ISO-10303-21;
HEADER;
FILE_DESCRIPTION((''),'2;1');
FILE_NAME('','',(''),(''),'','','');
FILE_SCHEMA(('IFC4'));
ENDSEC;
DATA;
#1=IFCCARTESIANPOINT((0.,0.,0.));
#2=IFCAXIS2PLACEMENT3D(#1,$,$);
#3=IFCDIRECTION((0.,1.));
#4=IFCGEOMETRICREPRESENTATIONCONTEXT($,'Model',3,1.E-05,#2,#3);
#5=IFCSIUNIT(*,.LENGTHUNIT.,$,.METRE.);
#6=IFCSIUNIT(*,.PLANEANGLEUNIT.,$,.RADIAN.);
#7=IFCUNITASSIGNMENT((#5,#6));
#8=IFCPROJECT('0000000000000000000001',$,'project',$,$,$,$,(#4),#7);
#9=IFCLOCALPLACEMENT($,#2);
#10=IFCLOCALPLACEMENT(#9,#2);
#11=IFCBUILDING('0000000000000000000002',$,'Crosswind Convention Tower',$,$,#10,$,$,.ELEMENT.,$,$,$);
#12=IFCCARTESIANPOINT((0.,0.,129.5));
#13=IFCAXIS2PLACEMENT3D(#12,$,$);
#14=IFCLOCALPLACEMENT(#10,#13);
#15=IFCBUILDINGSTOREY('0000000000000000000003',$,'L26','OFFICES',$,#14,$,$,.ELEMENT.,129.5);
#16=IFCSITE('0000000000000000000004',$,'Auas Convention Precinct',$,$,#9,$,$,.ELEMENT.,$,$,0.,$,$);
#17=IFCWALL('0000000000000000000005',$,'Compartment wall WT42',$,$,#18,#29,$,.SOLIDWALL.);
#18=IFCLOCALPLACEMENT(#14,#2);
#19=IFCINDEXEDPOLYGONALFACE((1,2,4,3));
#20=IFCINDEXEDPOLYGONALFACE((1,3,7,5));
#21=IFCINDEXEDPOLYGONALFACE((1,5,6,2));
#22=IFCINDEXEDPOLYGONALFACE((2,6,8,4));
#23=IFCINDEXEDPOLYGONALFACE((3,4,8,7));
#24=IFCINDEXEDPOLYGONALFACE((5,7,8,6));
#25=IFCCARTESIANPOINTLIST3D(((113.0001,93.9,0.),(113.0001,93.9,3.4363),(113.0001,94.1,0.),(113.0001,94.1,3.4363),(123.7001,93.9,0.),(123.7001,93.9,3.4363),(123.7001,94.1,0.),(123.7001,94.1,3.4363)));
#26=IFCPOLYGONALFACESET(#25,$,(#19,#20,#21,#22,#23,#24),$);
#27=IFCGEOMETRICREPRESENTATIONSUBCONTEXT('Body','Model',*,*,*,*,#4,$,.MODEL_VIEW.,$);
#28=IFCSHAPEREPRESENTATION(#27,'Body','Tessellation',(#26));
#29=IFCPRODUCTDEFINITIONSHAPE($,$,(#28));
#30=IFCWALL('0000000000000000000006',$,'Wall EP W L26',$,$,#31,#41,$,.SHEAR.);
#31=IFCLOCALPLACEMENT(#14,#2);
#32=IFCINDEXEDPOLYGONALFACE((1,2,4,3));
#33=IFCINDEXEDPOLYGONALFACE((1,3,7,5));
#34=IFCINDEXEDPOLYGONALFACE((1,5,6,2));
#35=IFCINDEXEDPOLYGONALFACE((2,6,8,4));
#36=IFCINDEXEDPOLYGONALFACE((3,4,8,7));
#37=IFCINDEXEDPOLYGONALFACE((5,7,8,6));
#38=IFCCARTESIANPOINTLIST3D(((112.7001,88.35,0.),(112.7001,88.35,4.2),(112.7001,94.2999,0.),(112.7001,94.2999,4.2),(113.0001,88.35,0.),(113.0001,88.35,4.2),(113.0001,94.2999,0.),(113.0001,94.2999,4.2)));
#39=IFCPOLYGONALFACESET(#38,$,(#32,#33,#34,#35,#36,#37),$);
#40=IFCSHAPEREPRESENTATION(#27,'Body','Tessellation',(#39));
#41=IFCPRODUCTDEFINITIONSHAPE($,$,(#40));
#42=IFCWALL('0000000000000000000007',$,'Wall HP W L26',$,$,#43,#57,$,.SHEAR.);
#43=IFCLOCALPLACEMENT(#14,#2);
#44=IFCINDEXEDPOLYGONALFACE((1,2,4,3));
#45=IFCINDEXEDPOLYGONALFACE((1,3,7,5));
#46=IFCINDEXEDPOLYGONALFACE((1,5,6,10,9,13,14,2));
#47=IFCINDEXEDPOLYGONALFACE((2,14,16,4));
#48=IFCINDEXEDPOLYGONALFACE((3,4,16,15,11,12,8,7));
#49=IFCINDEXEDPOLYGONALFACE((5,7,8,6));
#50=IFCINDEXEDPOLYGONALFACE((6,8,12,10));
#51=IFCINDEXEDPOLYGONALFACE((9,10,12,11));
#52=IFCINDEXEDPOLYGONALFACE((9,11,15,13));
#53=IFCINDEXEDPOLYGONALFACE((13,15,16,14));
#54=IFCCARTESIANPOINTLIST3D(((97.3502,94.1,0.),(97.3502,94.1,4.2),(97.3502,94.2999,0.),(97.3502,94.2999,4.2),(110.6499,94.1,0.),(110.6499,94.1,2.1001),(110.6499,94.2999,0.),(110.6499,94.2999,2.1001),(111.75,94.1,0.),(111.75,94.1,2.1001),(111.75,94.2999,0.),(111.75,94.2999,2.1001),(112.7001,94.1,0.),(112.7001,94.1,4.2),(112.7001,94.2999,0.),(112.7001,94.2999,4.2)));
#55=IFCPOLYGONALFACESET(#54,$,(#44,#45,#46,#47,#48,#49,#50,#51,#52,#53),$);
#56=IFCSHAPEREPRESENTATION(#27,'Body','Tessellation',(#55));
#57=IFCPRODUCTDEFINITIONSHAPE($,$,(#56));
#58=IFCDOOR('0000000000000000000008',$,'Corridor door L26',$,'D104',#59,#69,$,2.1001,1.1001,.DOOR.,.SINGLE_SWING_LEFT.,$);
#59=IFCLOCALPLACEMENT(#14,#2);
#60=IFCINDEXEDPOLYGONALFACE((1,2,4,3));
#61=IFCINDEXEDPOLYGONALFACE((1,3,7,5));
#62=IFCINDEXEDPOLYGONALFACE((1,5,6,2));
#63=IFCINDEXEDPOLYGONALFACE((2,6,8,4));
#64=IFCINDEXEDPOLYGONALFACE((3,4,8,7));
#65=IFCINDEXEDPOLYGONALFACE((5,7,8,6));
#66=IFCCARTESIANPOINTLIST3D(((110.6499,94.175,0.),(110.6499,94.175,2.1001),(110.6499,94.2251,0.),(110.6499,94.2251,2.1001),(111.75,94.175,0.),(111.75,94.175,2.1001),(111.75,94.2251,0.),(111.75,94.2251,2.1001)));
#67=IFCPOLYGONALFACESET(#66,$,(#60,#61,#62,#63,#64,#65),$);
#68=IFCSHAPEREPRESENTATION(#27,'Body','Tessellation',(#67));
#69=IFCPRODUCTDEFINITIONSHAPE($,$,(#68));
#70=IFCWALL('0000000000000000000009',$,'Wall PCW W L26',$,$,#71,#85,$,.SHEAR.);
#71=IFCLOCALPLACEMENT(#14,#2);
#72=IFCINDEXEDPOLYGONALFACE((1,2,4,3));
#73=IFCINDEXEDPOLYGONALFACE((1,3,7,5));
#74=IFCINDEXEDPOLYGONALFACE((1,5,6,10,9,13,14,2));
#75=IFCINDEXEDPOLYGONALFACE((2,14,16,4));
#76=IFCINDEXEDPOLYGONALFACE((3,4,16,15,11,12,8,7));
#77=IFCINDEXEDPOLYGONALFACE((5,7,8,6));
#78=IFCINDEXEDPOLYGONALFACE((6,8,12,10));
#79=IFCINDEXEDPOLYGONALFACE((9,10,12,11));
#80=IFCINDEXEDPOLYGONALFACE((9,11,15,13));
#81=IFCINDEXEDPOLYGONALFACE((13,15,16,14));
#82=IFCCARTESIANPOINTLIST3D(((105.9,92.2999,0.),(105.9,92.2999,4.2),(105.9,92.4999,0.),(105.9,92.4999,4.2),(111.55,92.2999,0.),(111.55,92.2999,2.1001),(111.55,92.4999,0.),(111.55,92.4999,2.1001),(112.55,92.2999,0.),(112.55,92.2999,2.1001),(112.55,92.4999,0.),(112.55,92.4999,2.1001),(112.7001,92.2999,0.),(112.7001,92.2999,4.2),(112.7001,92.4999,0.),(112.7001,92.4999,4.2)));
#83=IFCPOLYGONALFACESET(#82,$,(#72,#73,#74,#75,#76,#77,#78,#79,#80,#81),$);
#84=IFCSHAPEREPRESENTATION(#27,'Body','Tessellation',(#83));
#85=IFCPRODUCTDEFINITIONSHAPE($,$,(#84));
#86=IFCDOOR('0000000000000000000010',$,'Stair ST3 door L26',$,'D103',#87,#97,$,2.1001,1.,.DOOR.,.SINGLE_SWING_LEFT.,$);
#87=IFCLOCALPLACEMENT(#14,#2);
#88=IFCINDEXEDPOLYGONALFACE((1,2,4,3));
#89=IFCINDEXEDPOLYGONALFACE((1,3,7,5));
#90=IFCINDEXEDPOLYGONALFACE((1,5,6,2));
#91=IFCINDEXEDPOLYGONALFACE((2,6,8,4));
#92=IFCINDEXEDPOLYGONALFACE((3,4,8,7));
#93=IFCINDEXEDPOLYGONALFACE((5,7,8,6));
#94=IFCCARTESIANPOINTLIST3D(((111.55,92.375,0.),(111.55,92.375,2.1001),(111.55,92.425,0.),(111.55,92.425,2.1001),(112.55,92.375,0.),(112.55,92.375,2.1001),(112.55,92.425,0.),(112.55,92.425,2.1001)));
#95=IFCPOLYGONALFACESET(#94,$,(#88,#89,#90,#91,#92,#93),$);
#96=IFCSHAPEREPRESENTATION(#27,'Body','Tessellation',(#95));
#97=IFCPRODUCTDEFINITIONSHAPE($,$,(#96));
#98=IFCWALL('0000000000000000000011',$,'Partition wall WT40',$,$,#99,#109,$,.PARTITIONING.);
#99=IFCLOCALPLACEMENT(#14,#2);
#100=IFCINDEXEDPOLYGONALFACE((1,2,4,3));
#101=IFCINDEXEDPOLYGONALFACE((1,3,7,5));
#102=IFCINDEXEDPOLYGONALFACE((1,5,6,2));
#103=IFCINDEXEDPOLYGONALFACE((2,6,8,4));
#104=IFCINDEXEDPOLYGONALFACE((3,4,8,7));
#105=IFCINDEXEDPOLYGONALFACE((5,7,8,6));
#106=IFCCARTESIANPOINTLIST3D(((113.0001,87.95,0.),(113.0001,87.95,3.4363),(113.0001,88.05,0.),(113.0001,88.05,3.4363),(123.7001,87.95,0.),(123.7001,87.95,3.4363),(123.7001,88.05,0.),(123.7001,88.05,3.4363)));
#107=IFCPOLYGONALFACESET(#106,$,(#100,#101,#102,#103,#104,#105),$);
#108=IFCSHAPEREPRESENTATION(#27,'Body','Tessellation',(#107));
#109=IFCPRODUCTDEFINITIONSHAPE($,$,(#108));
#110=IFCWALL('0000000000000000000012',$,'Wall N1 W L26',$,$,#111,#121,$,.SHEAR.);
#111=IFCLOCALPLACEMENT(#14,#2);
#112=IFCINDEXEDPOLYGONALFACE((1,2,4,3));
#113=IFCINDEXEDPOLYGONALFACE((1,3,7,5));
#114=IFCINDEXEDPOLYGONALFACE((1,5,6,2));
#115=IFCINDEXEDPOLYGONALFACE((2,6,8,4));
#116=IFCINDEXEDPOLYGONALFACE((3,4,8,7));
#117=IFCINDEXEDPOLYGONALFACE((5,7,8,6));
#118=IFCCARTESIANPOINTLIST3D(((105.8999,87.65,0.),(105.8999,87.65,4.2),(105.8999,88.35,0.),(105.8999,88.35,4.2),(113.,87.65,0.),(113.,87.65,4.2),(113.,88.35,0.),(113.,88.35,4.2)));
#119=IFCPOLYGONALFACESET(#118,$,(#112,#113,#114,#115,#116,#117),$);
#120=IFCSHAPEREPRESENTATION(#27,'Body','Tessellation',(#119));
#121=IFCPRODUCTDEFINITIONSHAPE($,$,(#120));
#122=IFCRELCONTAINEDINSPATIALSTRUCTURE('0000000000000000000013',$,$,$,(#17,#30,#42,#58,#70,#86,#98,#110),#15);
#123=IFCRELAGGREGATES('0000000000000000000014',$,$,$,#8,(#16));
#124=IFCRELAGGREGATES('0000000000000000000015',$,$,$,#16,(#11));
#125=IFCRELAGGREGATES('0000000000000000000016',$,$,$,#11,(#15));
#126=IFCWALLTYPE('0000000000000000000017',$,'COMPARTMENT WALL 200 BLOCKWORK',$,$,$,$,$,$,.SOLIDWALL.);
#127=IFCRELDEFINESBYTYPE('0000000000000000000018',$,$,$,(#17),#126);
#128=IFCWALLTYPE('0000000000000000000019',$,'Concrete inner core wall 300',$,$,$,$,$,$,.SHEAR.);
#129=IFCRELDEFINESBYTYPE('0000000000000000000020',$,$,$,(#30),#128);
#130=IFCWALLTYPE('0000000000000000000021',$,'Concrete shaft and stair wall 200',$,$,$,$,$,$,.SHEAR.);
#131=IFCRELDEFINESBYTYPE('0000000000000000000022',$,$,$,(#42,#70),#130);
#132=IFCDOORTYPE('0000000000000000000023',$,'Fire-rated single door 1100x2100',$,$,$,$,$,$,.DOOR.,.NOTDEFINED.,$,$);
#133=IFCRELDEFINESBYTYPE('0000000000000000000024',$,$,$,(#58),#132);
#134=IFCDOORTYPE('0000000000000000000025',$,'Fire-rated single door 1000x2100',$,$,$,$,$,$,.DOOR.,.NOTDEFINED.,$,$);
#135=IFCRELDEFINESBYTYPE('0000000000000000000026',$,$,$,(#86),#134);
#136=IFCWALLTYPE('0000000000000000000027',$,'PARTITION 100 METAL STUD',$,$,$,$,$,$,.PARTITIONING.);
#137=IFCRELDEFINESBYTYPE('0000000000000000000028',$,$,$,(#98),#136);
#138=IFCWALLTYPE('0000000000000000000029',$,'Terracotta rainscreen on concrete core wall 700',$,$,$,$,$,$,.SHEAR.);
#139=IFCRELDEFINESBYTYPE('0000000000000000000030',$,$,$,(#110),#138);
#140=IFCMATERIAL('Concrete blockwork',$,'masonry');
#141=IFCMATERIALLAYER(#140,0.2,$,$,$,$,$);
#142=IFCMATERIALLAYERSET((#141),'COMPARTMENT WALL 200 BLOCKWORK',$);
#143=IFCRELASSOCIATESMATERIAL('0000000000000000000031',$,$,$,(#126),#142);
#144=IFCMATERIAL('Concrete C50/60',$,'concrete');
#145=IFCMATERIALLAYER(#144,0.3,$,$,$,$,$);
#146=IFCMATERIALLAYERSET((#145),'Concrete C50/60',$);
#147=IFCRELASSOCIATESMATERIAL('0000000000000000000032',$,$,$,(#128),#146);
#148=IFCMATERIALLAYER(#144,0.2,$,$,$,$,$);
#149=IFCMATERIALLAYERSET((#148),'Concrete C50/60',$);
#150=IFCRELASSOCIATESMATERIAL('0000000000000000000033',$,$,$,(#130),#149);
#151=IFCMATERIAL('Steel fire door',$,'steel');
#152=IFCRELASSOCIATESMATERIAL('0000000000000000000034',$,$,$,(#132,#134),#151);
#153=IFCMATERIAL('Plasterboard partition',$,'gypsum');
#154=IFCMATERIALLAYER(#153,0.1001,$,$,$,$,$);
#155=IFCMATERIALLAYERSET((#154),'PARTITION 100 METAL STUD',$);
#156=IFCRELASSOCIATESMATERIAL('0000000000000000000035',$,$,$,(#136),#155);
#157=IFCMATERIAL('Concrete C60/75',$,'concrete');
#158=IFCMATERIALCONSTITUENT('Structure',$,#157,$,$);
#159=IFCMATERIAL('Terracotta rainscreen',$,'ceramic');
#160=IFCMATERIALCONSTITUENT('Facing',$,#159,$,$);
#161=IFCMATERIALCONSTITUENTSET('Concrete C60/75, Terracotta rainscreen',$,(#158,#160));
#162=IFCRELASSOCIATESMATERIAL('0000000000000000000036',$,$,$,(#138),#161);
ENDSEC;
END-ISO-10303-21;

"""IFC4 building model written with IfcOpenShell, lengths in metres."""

from ifc_helpers import new_model, si_unit, direction, frame, frame_2d, origin, place, context, subcontext, project, spatial, rectangle, extrude, material, layer, layer_set, constituent, constituent_set, type_object, element, fill, save


model = new_model("IFC4")

# Units and contexts
model_context = context("Model", 3, precision=1e-05, world=origin(), true_north=direction((0.0, 1.0)))
body_context = subcontext(model_context, "Body", "Model", "MODEL_VIEW")
ifc_project = project(units=[si_unit("LENGTHUNIT", "METRE"), si_unit("PLANEANGLEUNIT", "RADIAN")], contexts=[model_context])

# Site, building, storey
site_placement = place(None, origin())
site = spatial("IfcSite", under=ifc_project, at=site_placement, Name="Auas Convention Precinct", CompositionType="ELEMENT", RefElevation=0.0)
building_placement = place(site_placement, origin())
building = spatial("IfcBuilding", under=site, at=building_placement, Name="Crosswind Convention Tower", CompositionType="ELEMENT")
storey_placement = place(building_placement, frame((0.0, 0.0, 129.5)))
storey = spatial("IfcBuildingStorey", under=building, at=storey_placement, Name="L26", Description="OFFICES", CompositionType="ELEMENT", Elevation=129.5)

# Walls
ifc_material_1 = material(Name="Concrete blockwork", Category="masonry")
ifc_layer_1 = layer(ifc_material_1, 0.2)
ifc_layer_set_1 = layer_set([ifc_layer_1], Name="COMPARTMENT WALL 200 BLOCKWORK")
wall_type_1 = type_object("IfcWallType", Name="COMPARTMENT WALL 200 BLOCKWORK", PredefinedType="SOLIDWALL", material=ifc_layer_set_1)
wall_1_placement = place(storey_placement, frame((113.0, 94.0, 0.0), z_axis=(0.0, 0.0, 1.0), x_axis=(1.0, 0.0, 0.0)))
element("IfcWall", 1, at=wall_1_placement, inside=storey, type_object=wall_type_1, Name="Compartment wall WT42", PredefinedType="SOLIDWALL", context=body_context, shape_type="SweptSolid", body=[
    extrude(rectangle(XDim=10.7, YDim=0.2, at=frame_2d((5.3501, 0.0))), origin(), (0.0, 0.0, 1.0), 3.4363),
])
ifc_material_2 = material(Name="Concrete C50/60", Category="concrete")
ifc_layer_2 = layer(ifc_material_2, 0.3)
ifc_layer_set_2 = layer_set([ifc_layer_2], Name="Concrete C50/60")
wall_type_2 = type_object("IfcWallType", Name="Concrete inner core wall 300", PredefinedType="SHEAR", material=ifc_layer_set_2)
wall_2_placement = place(storey_placement, frame((112.8501, 94.3, 0.0), z_axis=(0.0, 0.0, 1.0), x_axis=(0.0, -1.0, 0.0)))
element("IfcWall", 2, at=wall_2_placement, inside=storey, type_object=wall_type_2, Name="Wall EP W L26", PredefinedType="SHEAR", context=body_context, shape_type="SweptSolid", body=[
    extrude(rectangle(XDim=5.95, YDim=0.3, at=frame_2d((2.9751, 0.0))), origin(), (0.0, 0.0, 1.0), 4.2),
])

# Walls, openings, doors
ifc_layer_3 = layer(ifc_material_2, 0.2)
ifc_layer_set_3 = layer_set([ifc_layer_3], Name="Concrete C50/60")
wall_type_3 = type_object("IfcWallType", Name="Concrete shaft and stair wall 200", PredefinedType="SHEAR", material=ifc_layer_set_3)
wall_3_placement = place(storey_placement, frame((112.7, 94.2, 0.0), z_axis=(0.0, 0.0, 1.0), x_axis=(-1.0, 0.0, 0.0)))
wall_3 = element("IfcWall", 3, at=wall_3_placement, inside=storey, type_object=wall_type_3, Name="Wall HP W L26", PredefinedType="SHEAR", context=body_context, shape_type="SweptSolid", body=[
    extrude(rectangle(XDim=15.3499, YDim=0.2, at=frame_2d((7.6748, 0.0))), origin(), (0.0, 0.0, 1.0), 4.2),
])
opening_1_placement = place(wall_3_placement, frame((0.95, 0.0, 0.0)))
opening_1 = element("IfcOpeningElement", 4, at=opening_1_placement, cuts=wall_3, PredefinedType="OPENING", context=body_context, shape_type="SweptSolid", body=[
    extrude(rectangle(XDim=1.1001, YDim=2.1001, at=frame_2d((0.55, 1.05))), frame((0.0, 0.1099, 0.0), z_axis=(0.0, -1.0, 0.0), x_axis=(1.0, 0.0, 0.0)), (0.0, 0.0, 1.0), 0.22),
])
ifc_material_3 = material(Name="Steel fire door", Category="steel")
door_type_1 = type_object("IfcDoorType", Name="Fire-rated single door 1100x2100", OperationType="NOTDEFINED", PredefinedType="DOOR", material=ifc_material_3)
door_1_placement = place(opening_1_placement, origin())
door_1 = element("IfcDoor", 5, at=door_1_placement, inside=storey, type_object=door_type_1, Name="Corridor door L26", ObjectType="D104", OperationType="SINGLE_SWING_LEFT", OverallHeight=2.1001, OverallWidth=1.1001, PredefinedType="DOOR", context=body_context, shape_type="SweptSolid", body=[
    extrude(rectangle(XDim=1.1001, YDim=2.1001, at=frame_2d((0.55, 1.05))), frame((0.0, 0.0249, 0.0), z_axis=(0.0, -1.0, 0.0), x_axis=(1.0, 0.0, 0.0)), (0.0, 0.0, 1.0), 0.05),
])
fill(opening_1, door_1)
wall_4_placement = place(storey_placement, frame((112.7, 92.3999, 0.0), z_axis=(0.0, 0.0, 1.0), x_axis=(-1.0, 0.0, 0.0)))
wall_4 = element("IfcWall", 6, at=wall_4_placement, inside=storey, type_object=wall_type_3, Name="Wall PCW W L26", PredefinedType="SHEAR", context=body_context, shape_type="SweptSolid", body=[
    extrude(rectangle(XDim=6.8, YDim=0.2, at=frame_2d((3.3999, 0.0))), origin(), (0.0, 0.0, 1.0), 4.2),
])
opening_2_placement = place(wall_4_placement, frame((0.1499, 0.0, 0.0)))
opening_2 = element("IfcOpeningElement", 7, at=opening_2_placement, cuts=wall_4, PredefinedType="OPENING", context=body_context, shape_type="SweptSolid", body=[
    extrude(rectangle(XDim=1.0, YDim=2.1001, at=frame_2d((0.5, 1.05))), frame((0.0, 0.1099, 0.0), z_axis=(0.0, -1.0, 0.0), x_axis=(1.0, 0.0, 0.0)), (0.0, 0.0, 1.0), 0.22),
])
door_type_2 = type_object("IfcDoorType", Name="Fire-rated single door 1000x2100", OperationType="NOTDEFINED", PredefinedType="DOOR", material=ifc_material_3)
door_2_placement = place(opening_2_placement, origin())
door_2 = element("IfcDoor", 8, at=door_2_placement, inside=storey, type_object=door_type_2, Name="Stair ST3 door L26", ObjectType="D103", OperationType="SINGLE_SWING_LEFT", OverallHeight=2.1001, OverallWidth=1.0, PredefinedType="DOOR", context=body_context, shape_type="SweptSolid", body=[
    extrude(rectangle(XDim=1.0, YDim=2.1001, at=frame_2d((0.5, 1.05))), frame((0.0, 0.0249, 0.0), z_axis=(0.0, -1.0, 0.0), x_axis=(1.0, 0.0, 0.0)), (0.0, 0.0, 1.0), 0.05),
])
fill(opening_2, door_2)

# Walls
ifc_material_4 = material(Name="Plasterboard partition", Category="gypsum")
ifc_layer_4 = layer(ifc_material_4, 0.1001)
ifc_layer_set_4 = layer_set([ifc_layer_4], Name="PARTITION 100 METAL STUD")
wall_type_4 = type_object("IfcWallType", Name="PARTITION 100 METAL STUD", PredefinedType="PARTITIONING", material=ifc_layer_set_4)
wall_5_placement = place(storey_placement, frame((113.0, 88.0, 0.0), z_axis=(0.0, 0.0, 1.0), x_axis=(1.0, 0.0, 0.0)))
element("IfcWall", 9, at=wall_5_placement, inside=storey, type_object=wall_type_4, Name="Partition wall WT40", PredefinedType="PARTITIONING", context=body_context, shape_type="SweptSolid", body=[
    extrude(rectangle(XDim=10.7, YDim=0.1001, at=frame_2d((5.3501, 0.0))), origin(), (0.0, 0.0, 1.0), 3.4363),
])
ifc_material_5 = material(Name="Concrete C60/75", Category="concrete")
ifc_constituent_1 = constituent(ifc_material_5, Name="Structure")
ifc_material_6 = material(Name="Terracotta rainscreen", Category="ceramic")
ifc_constituent_2 = constituent(ifc_material_6, Name="Facing")
ifc_constituent_set = constituent_set(constituents=[ifc_constituent_1, ifc_constituent_2], Name="Concrete C60/75, Terracotta rainscreen")
wall_type_5 = type_object("IfcWallType", Name="Terracotta rainscreen on concrete core wall 700", PredefinedType="SHEAR", material=ifc_constituent_set)
wall_6_placement = place(storey_placement, frame((113.0, 88.0, 0.0), z_axis=(0.0, 0.0, 1.0), x_axis=(-1.0, 0.0, 0.0)))
element("IfcWall", 10, at=wall_6_placement, inside=storey, type_object=wall_type_5, Name="Wall N1 W L26", PredefinedType="SHEAR", context=body_context, shape_type="SweptSolid", body=[
    extrude(rectangle(XDim=7.1001, YDim=0.7, at=frame_2d((3.55, 0.0))), origin(), (0.0, 0.0, 1.0), 4.2),
])

save(model, "model.ifc")
